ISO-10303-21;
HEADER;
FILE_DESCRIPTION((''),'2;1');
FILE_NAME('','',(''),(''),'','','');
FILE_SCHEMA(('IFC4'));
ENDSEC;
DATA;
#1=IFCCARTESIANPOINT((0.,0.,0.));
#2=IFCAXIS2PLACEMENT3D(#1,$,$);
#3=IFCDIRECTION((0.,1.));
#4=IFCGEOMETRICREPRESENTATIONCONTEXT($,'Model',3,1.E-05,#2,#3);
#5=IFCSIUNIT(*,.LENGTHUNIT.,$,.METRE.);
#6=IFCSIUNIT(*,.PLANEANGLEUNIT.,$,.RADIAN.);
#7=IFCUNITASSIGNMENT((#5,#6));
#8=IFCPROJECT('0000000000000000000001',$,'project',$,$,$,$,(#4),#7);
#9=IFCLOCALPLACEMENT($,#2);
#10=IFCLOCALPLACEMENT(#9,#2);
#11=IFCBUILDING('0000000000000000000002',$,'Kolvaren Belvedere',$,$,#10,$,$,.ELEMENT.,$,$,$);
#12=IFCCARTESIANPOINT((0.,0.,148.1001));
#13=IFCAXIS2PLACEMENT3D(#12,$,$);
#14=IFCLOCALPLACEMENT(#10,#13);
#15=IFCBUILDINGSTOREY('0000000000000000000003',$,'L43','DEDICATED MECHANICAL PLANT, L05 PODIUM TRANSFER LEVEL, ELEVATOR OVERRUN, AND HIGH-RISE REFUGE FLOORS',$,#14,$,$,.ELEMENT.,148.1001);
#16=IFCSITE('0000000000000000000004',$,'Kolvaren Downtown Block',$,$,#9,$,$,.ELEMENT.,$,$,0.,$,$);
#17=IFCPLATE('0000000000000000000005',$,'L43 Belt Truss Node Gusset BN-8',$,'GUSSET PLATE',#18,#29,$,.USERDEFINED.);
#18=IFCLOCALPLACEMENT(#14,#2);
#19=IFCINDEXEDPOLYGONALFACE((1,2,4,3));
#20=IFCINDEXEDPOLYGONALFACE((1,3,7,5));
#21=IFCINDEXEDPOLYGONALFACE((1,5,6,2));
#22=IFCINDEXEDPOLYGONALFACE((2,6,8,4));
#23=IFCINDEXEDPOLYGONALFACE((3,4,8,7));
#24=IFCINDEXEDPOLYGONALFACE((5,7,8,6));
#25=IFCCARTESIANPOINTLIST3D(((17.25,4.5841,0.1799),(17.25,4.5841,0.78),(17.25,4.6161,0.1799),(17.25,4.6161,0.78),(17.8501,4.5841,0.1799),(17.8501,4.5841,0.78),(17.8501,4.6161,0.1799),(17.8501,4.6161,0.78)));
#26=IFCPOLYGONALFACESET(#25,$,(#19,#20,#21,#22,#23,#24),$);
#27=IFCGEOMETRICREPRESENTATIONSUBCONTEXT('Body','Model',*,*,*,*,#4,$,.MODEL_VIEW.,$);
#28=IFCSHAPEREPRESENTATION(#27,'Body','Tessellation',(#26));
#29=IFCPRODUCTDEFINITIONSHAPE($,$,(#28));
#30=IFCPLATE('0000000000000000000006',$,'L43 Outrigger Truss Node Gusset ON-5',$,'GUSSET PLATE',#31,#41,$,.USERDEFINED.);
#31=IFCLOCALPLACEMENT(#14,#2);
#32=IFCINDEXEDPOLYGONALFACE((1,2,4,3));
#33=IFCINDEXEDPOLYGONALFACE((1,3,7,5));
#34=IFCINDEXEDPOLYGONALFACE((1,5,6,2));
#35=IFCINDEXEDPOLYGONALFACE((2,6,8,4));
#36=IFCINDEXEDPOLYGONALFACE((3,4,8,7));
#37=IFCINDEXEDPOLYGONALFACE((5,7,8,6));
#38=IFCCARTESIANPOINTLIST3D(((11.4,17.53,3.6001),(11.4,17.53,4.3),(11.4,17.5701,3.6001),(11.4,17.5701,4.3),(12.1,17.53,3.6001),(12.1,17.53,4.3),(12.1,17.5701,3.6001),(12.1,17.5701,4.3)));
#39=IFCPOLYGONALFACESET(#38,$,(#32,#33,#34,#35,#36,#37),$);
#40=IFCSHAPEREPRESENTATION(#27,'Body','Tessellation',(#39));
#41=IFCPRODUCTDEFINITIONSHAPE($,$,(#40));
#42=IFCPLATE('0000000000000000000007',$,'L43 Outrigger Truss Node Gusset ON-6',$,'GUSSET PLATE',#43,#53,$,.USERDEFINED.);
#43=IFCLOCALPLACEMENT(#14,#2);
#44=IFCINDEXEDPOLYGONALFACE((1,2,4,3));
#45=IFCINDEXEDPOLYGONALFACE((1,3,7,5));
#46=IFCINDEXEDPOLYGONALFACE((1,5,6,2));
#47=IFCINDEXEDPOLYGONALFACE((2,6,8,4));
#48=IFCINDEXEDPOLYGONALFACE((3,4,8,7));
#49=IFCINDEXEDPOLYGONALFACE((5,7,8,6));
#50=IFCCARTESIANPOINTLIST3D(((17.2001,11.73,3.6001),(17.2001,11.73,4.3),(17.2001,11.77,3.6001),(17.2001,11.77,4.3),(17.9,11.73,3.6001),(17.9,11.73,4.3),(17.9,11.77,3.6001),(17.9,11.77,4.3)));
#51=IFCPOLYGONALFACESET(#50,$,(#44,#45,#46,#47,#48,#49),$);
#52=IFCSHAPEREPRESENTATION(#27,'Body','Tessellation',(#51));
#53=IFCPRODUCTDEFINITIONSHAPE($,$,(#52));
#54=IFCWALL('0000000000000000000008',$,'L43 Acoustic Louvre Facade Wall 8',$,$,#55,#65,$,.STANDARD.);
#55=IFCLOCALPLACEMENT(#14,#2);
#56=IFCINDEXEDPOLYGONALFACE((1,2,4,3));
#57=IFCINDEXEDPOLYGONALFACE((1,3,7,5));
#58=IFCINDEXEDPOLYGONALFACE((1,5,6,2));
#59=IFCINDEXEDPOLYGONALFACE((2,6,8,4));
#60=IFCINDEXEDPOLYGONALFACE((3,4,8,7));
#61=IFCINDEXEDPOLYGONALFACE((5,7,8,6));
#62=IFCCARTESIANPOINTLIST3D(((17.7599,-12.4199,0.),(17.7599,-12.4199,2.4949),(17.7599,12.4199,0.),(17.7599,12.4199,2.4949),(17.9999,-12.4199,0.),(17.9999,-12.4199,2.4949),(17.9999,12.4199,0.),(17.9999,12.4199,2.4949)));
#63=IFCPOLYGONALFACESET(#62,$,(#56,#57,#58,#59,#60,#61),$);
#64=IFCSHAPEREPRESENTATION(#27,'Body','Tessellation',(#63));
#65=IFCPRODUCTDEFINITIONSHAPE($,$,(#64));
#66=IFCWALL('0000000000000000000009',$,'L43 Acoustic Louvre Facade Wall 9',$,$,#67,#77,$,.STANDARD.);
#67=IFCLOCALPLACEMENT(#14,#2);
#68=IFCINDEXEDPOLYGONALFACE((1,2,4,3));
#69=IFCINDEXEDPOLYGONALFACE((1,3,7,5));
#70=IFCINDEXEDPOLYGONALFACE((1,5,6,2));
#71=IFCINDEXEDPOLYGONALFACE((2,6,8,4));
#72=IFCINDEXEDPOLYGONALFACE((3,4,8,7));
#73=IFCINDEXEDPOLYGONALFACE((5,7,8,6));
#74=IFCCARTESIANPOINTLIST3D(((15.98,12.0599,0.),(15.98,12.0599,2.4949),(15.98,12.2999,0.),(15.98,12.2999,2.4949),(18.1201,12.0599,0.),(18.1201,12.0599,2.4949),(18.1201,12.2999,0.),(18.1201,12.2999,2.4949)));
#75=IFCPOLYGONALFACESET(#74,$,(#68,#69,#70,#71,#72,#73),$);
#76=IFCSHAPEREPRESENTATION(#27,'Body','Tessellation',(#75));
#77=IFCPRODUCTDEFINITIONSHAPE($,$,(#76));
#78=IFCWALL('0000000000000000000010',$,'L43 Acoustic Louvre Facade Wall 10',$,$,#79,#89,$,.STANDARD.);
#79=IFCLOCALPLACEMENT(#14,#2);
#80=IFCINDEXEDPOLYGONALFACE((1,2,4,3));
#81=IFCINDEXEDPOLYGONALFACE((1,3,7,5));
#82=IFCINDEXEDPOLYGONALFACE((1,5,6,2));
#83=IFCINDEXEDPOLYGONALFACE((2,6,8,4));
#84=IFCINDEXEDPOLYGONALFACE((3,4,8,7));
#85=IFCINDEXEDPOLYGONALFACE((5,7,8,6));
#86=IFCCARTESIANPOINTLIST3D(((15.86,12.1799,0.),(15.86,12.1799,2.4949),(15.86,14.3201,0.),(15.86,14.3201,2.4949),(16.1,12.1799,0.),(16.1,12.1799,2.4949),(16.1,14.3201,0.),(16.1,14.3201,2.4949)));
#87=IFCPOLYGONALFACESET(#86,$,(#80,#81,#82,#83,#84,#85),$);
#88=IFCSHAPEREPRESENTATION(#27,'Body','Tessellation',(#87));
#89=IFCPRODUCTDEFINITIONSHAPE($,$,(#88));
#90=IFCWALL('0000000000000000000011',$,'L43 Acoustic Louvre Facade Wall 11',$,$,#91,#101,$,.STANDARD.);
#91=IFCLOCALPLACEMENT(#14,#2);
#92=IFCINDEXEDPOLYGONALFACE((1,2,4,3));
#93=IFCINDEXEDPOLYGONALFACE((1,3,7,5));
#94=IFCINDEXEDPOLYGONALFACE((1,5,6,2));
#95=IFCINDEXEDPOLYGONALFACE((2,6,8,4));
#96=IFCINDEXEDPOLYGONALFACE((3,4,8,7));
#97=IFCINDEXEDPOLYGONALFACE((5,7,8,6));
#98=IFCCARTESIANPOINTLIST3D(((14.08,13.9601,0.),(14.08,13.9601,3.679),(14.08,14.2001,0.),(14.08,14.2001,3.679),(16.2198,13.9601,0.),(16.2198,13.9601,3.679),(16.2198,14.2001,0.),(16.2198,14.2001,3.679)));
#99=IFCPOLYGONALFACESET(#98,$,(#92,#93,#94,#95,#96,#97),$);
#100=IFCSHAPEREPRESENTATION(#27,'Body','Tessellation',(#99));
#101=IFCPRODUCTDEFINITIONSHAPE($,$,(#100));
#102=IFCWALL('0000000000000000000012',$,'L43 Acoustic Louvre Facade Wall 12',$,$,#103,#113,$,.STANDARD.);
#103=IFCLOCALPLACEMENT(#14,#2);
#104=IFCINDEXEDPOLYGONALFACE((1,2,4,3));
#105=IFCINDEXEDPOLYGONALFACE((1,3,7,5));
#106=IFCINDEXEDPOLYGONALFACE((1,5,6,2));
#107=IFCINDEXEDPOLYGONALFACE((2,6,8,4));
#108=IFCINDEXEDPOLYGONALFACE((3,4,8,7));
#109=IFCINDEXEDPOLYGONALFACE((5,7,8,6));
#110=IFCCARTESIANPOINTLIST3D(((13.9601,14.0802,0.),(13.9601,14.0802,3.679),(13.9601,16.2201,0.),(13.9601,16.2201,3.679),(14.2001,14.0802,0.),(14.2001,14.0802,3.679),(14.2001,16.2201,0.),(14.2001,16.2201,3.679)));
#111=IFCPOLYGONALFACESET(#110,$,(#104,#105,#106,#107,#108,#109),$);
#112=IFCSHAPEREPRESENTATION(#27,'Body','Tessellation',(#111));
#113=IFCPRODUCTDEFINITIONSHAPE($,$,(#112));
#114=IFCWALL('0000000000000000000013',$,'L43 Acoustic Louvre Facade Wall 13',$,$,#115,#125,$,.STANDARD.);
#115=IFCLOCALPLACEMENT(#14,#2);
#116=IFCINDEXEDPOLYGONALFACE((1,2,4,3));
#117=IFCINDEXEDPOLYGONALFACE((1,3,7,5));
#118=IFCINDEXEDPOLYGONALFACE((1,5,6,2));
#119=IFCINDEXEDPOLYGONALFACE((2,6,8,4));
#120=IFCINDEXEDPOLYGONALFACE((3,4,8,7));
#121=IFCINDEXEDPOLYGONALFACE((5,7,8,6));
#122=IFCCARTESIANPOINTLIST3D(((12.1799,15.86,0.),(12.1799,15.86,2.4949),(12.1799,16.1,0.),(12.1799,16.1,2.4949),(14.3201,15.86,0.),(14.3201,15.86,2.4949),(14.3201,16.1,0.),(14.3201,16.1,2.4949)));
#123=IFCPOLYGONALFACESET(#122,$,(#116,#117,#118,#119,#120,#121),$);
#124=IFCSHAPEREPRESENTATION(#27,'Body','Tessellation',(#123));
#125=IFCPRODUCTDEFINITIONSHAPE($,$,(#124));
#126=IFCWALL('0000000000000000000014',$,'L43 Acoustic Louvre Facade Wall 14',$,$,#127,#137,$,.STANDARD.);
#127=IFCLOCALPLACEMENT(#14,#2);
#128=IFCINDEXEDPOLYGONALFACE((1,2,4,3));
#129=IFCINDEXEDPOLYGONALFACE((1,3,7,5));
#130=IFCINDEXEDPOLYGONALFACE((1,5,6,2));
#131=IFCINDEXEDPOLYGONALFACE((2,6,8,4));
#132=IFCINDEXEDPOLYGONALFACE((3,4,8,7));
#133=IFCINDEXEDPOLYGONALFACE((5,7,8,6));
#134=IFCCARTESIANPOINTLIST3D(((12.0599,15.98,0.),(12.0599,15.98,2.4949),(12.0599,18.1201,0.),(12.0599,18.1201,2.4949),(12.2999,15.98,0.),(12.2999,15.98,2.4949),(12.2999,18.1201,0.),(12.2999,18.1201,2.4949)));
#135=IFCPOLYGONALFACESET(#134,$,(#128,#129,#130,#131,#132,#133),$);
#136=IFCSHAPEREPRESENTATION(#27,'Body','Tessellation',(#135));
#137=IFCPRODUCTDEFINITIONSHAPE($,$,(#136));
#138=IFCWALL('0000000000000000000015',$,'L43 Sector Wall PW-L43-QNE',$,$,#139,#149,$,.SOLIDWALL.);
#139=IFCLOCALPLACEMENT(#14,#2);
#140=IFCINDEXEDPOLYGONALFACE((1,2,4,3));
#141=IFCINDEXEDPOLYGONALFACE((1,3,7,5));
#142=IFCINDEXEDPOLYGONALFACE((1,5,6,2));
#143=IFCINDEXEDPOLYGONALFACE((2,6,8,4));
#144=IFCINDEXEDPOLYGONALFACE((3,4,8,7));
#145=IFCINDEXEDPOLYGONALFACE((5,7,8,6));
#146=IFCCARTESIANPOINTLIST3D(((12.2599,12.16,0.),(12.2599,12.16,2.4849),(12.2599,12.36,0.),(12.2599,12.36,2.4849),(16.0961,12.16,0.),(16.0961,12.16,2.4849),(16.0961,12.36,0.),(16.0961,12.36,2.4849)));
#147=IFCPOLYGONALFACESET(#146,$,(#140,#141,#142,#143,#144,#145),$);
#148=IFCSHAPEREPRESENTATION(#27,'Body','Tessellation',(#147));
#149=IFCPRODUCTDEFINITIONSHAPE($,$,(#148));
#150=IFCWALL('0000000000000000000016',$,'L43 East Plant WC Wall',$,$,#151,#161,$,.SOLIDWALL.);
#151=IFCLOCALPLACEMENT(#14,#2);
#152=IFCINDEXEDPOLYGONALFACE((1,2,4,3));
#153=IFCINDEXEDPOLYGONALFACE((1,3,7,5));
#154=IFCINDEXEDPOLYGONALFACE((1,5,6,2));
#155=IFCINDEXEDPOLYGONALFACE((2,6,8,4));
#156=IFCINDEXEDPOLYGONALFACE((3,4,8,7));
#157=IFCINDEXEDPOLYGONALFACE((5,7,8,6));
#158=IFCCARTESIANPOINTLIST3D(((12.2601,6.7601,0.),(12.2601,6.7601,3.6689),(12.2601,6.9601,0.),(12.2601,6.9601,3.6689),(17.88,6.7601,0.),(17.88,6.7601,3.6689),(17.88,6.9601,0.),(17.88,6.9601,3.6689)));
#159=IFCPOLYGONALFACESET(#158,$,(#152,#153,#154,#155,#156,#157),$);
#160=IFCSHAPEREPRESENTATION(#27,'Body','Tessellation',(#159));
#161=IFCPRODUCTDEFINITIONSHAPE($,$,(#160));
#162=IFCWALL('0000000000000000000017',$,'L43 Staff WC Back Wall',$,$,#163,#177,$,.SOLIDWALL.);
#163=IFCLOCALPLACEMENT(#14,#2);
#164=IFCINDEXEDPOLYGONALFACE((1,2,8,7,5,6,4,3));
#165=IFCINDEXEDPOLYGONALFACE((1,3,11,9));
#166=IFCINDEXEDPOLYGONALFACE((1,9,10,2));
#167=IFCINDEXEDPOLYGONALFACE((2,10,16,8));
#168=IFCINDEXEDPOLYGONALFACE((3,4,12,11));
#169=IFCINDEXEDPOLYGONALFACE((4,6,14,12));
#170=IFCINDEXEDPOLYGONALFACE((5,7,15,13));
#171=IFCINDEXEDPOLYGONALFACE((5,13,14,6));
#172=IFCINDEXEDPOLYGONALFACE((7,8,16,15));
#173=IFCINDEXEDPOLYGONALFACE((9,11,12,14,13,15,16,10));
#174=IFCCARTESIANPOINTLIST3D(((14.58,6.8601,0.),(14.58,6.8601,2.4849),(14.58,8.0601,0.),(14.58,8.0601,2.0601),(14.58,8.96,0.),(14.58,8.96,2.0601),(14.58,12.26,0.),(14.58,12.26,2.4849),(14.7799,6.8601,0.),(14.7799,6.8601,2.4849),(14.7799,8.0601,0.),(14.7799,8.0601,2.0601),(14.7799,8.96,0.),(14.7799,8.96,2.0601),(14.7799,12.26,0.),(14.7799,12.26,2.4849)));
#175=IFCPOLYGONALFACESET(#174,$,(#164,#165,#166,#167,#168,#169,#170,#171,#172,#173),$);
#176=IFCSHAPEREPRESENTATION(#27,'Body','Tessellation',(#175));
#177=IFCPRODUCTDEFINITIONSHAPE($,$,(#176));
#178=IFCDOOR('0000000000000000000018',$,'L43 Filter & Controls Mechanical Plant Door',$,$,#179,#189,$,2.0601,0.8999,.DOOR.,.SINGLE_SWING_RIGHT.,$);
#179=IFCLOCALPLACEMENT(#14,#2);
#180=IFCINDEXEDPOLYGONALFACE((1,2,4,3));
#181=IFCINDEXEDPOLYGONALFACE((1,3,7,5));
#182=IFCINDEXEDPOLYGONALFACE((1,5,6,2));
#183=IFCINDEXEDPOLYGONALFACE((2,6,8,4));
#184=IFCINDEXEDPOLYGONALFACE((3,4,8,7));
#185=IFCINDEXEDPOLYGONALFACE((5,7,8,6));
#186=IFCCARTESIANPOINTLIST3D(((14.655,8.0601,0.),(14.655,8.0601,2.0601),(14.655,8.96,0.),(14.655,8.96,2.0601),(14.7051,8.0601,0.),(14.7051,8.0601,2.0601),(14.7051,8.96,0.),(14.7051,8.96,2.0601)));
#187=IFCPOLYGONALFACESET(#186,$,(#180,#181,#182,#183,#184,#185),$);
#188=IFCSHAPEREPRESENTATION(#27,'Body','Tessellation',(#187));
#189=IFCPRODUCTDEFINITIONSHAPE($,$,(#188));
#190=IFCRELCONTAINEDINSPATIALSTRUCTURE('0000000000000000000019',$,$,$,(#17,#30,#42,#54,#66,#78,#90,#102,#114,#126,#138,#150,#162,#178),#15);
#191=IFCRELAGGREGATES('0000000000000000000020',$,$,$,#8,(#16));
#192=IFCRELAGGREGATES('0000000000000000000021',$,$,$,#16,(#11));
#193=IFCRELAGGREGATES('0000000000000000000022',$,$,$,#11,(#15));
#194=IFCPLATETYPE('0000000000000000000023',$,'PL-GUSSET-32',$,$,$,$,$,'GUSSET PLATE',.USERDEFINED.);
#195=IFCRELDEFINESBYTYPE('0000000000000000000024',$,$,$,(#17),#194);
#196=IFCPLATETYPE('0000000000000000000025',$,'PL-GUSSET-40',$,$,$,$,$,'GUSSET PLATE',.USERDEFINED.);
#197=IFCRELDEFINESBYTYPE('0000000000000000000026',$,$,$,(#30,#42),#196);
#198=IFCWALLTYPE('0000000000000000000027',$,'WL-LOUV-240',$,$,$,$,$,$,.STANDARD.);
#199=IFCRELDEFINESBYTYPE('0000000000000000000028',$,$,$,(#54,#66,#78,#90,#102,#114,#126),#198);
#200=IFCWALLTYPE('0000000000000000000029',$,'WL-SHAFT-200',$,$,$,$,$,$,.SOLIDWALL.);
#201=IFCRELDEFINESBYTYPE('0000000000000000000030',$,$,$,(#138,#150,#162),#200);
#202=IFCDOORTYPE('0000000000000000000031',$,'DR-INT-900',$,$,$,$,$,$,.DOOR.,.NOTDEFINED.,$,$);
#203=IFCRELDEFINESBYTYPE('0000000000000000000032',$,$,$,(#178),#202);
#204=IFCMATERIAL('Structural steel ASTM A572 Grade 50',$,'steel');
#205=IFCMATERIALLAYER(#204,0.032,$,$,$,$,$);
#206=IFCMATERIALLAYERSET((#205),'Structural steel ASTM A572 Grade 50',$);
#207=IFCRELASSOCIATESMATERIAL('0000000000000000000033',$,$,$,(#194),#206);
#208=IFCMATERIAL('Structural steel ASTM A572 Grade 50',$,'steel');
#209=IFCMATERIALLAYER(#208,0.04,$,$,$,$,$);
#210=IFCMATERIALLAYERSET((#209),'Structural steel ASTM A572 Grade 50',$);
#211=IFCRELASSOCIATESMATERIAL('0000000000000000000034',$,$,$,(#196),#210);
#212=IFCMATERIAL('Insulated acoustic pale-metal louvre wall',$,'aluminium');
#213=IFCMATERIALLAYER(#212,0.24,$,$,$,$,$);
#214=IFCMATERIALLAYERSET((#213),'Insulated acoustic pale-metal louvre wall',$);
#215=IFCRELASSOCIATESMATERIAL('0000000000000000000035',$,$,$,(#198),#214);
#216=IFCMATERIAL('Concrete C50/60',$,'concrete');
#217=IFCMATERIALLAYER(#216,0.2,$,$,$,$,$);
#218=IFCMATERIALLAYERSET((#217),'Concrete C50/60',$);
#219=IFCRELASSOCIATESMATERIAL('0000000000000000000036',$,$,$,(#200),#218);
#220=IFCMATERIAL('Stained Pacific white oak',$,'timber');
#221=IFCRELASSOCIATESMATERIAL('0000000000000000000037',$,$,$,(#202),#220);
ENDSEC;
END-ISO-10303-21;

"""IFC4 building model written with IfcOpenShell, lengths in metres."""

from ifc_helpers import new_model, si_unit, direction, frame, frame_2d, origin, origin_2d, place, context, subcontext, project, spatial, rectangle, extrude, material, layer, layer_set, type_object, element, fill, save


model = new_model("IFC4")

# Units and contexts
model_context = context("Model", 3, precision=1e-05, world=origin(), true_north=direction((0.0, 1.0)))
body_context = subcontext(model_context, "Body", "Model", "MODEL_VIEW")
ifc_project = project(units=[si_unit("LENGTHUNIT", "METRE"), si_unit("PLANEANGLEUNIT", "RADIAN")], contexts=[model_context])

# Site, building, storey
site_placement = place(None, origin())
site = spatial("IfcSite", under=ifc_project, at=site_placement, Name="Kolvaren Downtown Block", CompositionType="ELEMENT", RefElevation=0.0)
building_placement = place(site_placement, origin())
building = spatial("IfcBuilding", under=site, at=building_placement, Name="Kolvaren Belvedere", CompositionType="ELEMENT")
storey_placement = place(building_placement, frame((0.0, 0.0, 148.1001)))
storey = spatial("IfcBuildingStorey", under=building, at=storey_placement, Name="L43", Description="DEDICATED MECHANICAL PLANT, L05 PODIUM TRANSFER LEVEL, ELEVATOR OVERRUN, AND HIGH-RISE REFUGE FLOORS", CompositionType="ELEMENT", Elevation=148.1001)

# Plates
ifc_material_1 = material(Name="Structural steel ASTM A572 Grade 50", Category="steel")
ifc_layer_1 = layer(ifc_material_1, 0.032)
ifc_layer_set_1 = layer_set([ifc_layer_1], Name="Structural steel ASTM A572 Grade 50")
plate_type_1 = type_object("IfcPlateType", Name="PL-GUSSET-32", ElementType="GUSSET PLATE", PredefinedType="USERDEFINED", material=ifc_layer_set_1)
plate_placement = place(storey_placement, frame((17.55, 4.6001, 0.1799), z_axis=(0.0, 0.0, 1.0), x_axis=(1.0, 0.0, 0.0)))
element("IfcPlate", 1, at=plate_placement, inside=storey, type_object=plate_type_1, Name="L43 Belt Truss Node Gusset BN-8", ObjectType="GUSSET PLATE", PredefinedType="USERDEFINED", context=body_context, shape_type="SweptSolid", body=[
    extrude(rectangle(XDim=0.6001, YDim=0.032, at=origin_2d()), origin(), (0.0, 0.0, 1.0), 0.6001),
])
ifc_material_2 = material(Name="Structural steel ASTM A572 Grade 50", Category="steel")
ifc_layer_2 = layer(ifc_material_2, 0.04)
ifc_layer_set_2 = layer_set([ifc_layer_2], Name="Structural steel ASTM A572 Grade 50")
plate_type_2 = type_object("IfcPlateType", Name="PL-GUSSET-40", ElementType="GUSSET PLATE", PredefinedType="USERDEFINED", material=ifc_layer_set_2)
for number, where, z_axis, x_axis, name in (
    (2, (11.75, 17.55, 3.6001), (0.0, 0.0, 1.0), (1.0, 0.0, 0.0), "L43 Outrigger Truss Node Gusset ON-5"),
    (3, (17.55, 11.75, 3.6001), (0.0, 0.0, 1.0), (1.0, 0.0, 0.0), "L43 Outrigger Truss Node Gusset ON-6"),
):
    element("IfcPlate", number, at=place(storey_placement, frame(where, z_axis=z_axis, x_axis=x_axis)), inside=storey, type_object=plate_type_2, Name=name, ObjectType="GUSSET PLATE", PredefinedType="USERDEFINED", context=body_context, shape_type="SweptSolid", body=[
        extrude(rectangle(XDim=0.7, YDim=0.04, at=origin_2d()), origin(), (0.0, 0.0, 1.0), 0.7),
    ])

# Walls
ifc_material_3 = material(Name="Insulated acoustic pale-metal louvre wall", Category="aluminium")
ifc_layer_3 = layer(ifc_material_3, 0.24)
ifc_layer_set_3 = layer_set([ifc_layer_3], Name="Insulated acoustic pale-metal louvre wall")
wall_type_1 = type_object("IfcWallType", Name="WL-LOUV-240", PredefinedType="STANDARD", material=ifc_layer_set_3)
wall_1_placement = place(storey_placement, frame((17.8799, 12.4199, 0.0), z_axis=(0.0, 0.0, 1.0), x_axis=(0.0, -1.0, 0.0)))
element("IfcWall", 4, at=wall_1_placement, inside=storey, type_object=wall_type_1, Name="L43 Acoustic Louvre Facade Wall 8", PredefinedType="STANDARD", context=body_context, shape_type="SweptSolid", body=[
    extrude(rectangle(XDim=24.8398, YDim=0.24, at=frame_2d((12.4199, 0.0))), origin(), (0.0, 0.0, 1.0), 2.4949),
])
for number, where, z_axis, x_axis, name in (
    (5, (15.98, 12.1799, 0.0), (0.0, 0.0, 1.0), (1.0, 0.0, 0.0), "L43 Acoustic Louvre Facade Wall 9"),
    (6, (15.98, 14.3201, 0.0), (0.0, 0.0, 1.0), (0.0, -1.0, 0.0), "L43 Acoustic Louvre Facade Wall 10"),
):
    element("IfcWall", number, at=place(storey_placement, frame(where, z_axis=z_axis, x_axis=x_axis)), inside=storey, type_object=wall_type_1, Name=name, PredefinedType="STANDARD", context=body_context, shape_type="SweptSolid", body=[
        extrude(rectangle(XDim=2.1401, YDim=0.24, at=frame_2d((1.0701, 0.0))), origin(), (0.0, 0.0, 1.0), 2.4949),
    ])
for number, where, z_axis, x_axis, name in (
    (7, (14.0801, 14.0801, 0.0), (0.0, 0.0, 1.0), (1.0, 0.0, 0.0), "L43 Acoustic Louvre Facade Wall 11"),
    (8, (14.0801, 16.22, 0.0), (0.0, 0.0, 1.0), (0.0, -1.0, 0.0), "L43 Acoustic Louvre Facade Wall 12"),
):
    element("IfcWall", number, at=place(storey_placement, frame(where, z_axis=z_axis, x_axis=x_axis)), inside=storey, type_object=wall_type_1, Name=name, PredefinedType="STANDARD", context=body_context, shape_type="SweptSolid", body=[
        extrude(rectangle(XDim=2.1399, YDim=0.24, at=frame_2d((1.0698, 0.0))), origin(), (0.0, 0.0, 1.0), 3.679),
    ])
for number, where, z_axis, x_axis, name in (
    (9, (12.1799, 15.98, 0.0), (0.0, 0.0, 1.0), (1.0, 0.0, 0.0), "L43 Acoustic Louvre Facade Wall 13"),
    (10, (12.1799, 18.1201, 0.0), (0.0, 0.0, 1.0), (0.0, -1.0, 0.0), "L43 Acoustic Louvre Facade Wall 14"),
):
    element("IfcWall", number, at=place(storey_placement, frame(where, z_axis=z_axis, x_axis=x_axis)), inside=storey, type_object=wall_type_1, Name=name, PredefinedType="STANDARD", context=body_context, shape_type="SweptSolid", body=[
        extrude(rectangle(XDim=2.1401, YDim=0.24, at=frame_2d((1.0701, 0.0))), origin(), (0.0, 0.0, 1.0), 2.4949),
    ])
ifc_material_4 = material(Name="Concrete C50/60", Category="concrete")
ifc_layer_4 = layer(ifc_material_4, 0.2)
ifc_layer_set_4 = layer_set([ifc_layer_4], Name="Concrete C50/60")
wall_type_2 = type_object("IfcWallType", Name="WL-SHAFT-200", PredefinedType="SOLIDWALL", material=ifc_layer_set_4)
wall_2_placement = place(storey_placement, frame((12.26, 12.26, 0.0), z_axis=(0.0, 0.0, 1.0), x_axis=(1.0, 0.0, 0.0)))
element("IfcWall", 11, at=wall_2_placement, inside=storey, type_object=wall_type_2, Name="L43 Sector Wall PW-L43-QNE", PredefinedType="SOLIDWALL", context=body_context, shape_type="SweptSolid", body=[
    extrude(rectangle(XDim=3.8362, YDim=0.2, at=frame_2d((1.918, 0.0))), origin(), (0.0, 0.0, 1.0), 2.4849),
])
wall_3_placement = place(storey_placement, frame((12.26, 6.8601, 0.0), z_axis=(0.0, 0.0, 1.0), x_axis=(1.0, 0.0, 0.0)))
element("IfcWall", 12, at=wall_3_placement, inside=storey, type_object=wall_type_2, Name="L43 East Plant WC Wall", PredefinedType="SOLIDWALL", context=body_context, shape_type="SweptSolid", body=[
    extrude(rectangle(XDim=5.6199, YDim=0.2, at=frame_2d((2.8101, 0.0))), origin(), (0.0, 0.0, 1.0), 3.6689),
])

# Wall, opening, door
wall_4_placement = place(storey_placement, frame((14.6799, 6.8601, 0.0), z_axis=(0.0, 0.0, 1.0), x_axis=(0.0, 1.0, 0.0)))
wall_4 = element("IfcWall", 13, at=wall_4_placement, inside=storey, type_object=wall_type_2, Name="L43 Staff WC Back Wall", PredefinedType="SOLIDWALL", context=body_context, shape_type="SweptSolid", body=[
    extrude(rectangle(XDim=5.3999, YDim=0.2, at=frame_2d((2.7, 0.0))), origin(), (0.0, 0.0, 1.0), 2.4849),
])
opening_placement = place(wall_4_placement, frame((1.2, 0.0, 0.0)))
opening = element("IfcOpeningElement", 14, at=opening_placement, cuts=wall_4, PredefinedType="OPENING", context=body_context, shape_type="SweptSolid", body=[
    extrude(rectangle(XDim=0.8999, YDim=2.0601, at=frame_2d((0.45, 1.03))), frame((0.0, 0.1099, 0.0), z_axis=(0.0, -1.0, 0.0), x_axis=(1.0, 0.0, 0.0)), (0.0, 0.0, 1.0), 0.22),
])
ifc_material_5 = material(Name="Stained Pacific white oak", Category="timber")
door_type = type_object("IfcDoorType", Name="DR-INT-900", OperationType="NOTDEFINED", PredefinedType="DOOR", material=ifc_material_5)
door_placement = place(opening_placement, origin())
door = element("IfcDoor", 15, at=door_placement, inside=storey, type_object=door_type, Name="L43 Filter & Controls Mechanical Plant Door", OperationType="SINGLE_SWING_RIGHT", OverallHeight=2.0601, OverallWidth=0.8999, PredefinedType="DOOR", context=body_context, shape_type="SweptSolid", body=[
    extrude(rectangle(XDim=0.8999, YDim=2.0601, at=frame_2d((0.45, 1.03))), frame((0.0, 0.0249, 0.0), z_axis=(0.0, -1.0, 0.0), x_axis=(1.0, 0.0, 0.0)), (0.0, 0.0, 1.0), 0.05),
])
fill(opening, door)

save(model, "model.ifc")
